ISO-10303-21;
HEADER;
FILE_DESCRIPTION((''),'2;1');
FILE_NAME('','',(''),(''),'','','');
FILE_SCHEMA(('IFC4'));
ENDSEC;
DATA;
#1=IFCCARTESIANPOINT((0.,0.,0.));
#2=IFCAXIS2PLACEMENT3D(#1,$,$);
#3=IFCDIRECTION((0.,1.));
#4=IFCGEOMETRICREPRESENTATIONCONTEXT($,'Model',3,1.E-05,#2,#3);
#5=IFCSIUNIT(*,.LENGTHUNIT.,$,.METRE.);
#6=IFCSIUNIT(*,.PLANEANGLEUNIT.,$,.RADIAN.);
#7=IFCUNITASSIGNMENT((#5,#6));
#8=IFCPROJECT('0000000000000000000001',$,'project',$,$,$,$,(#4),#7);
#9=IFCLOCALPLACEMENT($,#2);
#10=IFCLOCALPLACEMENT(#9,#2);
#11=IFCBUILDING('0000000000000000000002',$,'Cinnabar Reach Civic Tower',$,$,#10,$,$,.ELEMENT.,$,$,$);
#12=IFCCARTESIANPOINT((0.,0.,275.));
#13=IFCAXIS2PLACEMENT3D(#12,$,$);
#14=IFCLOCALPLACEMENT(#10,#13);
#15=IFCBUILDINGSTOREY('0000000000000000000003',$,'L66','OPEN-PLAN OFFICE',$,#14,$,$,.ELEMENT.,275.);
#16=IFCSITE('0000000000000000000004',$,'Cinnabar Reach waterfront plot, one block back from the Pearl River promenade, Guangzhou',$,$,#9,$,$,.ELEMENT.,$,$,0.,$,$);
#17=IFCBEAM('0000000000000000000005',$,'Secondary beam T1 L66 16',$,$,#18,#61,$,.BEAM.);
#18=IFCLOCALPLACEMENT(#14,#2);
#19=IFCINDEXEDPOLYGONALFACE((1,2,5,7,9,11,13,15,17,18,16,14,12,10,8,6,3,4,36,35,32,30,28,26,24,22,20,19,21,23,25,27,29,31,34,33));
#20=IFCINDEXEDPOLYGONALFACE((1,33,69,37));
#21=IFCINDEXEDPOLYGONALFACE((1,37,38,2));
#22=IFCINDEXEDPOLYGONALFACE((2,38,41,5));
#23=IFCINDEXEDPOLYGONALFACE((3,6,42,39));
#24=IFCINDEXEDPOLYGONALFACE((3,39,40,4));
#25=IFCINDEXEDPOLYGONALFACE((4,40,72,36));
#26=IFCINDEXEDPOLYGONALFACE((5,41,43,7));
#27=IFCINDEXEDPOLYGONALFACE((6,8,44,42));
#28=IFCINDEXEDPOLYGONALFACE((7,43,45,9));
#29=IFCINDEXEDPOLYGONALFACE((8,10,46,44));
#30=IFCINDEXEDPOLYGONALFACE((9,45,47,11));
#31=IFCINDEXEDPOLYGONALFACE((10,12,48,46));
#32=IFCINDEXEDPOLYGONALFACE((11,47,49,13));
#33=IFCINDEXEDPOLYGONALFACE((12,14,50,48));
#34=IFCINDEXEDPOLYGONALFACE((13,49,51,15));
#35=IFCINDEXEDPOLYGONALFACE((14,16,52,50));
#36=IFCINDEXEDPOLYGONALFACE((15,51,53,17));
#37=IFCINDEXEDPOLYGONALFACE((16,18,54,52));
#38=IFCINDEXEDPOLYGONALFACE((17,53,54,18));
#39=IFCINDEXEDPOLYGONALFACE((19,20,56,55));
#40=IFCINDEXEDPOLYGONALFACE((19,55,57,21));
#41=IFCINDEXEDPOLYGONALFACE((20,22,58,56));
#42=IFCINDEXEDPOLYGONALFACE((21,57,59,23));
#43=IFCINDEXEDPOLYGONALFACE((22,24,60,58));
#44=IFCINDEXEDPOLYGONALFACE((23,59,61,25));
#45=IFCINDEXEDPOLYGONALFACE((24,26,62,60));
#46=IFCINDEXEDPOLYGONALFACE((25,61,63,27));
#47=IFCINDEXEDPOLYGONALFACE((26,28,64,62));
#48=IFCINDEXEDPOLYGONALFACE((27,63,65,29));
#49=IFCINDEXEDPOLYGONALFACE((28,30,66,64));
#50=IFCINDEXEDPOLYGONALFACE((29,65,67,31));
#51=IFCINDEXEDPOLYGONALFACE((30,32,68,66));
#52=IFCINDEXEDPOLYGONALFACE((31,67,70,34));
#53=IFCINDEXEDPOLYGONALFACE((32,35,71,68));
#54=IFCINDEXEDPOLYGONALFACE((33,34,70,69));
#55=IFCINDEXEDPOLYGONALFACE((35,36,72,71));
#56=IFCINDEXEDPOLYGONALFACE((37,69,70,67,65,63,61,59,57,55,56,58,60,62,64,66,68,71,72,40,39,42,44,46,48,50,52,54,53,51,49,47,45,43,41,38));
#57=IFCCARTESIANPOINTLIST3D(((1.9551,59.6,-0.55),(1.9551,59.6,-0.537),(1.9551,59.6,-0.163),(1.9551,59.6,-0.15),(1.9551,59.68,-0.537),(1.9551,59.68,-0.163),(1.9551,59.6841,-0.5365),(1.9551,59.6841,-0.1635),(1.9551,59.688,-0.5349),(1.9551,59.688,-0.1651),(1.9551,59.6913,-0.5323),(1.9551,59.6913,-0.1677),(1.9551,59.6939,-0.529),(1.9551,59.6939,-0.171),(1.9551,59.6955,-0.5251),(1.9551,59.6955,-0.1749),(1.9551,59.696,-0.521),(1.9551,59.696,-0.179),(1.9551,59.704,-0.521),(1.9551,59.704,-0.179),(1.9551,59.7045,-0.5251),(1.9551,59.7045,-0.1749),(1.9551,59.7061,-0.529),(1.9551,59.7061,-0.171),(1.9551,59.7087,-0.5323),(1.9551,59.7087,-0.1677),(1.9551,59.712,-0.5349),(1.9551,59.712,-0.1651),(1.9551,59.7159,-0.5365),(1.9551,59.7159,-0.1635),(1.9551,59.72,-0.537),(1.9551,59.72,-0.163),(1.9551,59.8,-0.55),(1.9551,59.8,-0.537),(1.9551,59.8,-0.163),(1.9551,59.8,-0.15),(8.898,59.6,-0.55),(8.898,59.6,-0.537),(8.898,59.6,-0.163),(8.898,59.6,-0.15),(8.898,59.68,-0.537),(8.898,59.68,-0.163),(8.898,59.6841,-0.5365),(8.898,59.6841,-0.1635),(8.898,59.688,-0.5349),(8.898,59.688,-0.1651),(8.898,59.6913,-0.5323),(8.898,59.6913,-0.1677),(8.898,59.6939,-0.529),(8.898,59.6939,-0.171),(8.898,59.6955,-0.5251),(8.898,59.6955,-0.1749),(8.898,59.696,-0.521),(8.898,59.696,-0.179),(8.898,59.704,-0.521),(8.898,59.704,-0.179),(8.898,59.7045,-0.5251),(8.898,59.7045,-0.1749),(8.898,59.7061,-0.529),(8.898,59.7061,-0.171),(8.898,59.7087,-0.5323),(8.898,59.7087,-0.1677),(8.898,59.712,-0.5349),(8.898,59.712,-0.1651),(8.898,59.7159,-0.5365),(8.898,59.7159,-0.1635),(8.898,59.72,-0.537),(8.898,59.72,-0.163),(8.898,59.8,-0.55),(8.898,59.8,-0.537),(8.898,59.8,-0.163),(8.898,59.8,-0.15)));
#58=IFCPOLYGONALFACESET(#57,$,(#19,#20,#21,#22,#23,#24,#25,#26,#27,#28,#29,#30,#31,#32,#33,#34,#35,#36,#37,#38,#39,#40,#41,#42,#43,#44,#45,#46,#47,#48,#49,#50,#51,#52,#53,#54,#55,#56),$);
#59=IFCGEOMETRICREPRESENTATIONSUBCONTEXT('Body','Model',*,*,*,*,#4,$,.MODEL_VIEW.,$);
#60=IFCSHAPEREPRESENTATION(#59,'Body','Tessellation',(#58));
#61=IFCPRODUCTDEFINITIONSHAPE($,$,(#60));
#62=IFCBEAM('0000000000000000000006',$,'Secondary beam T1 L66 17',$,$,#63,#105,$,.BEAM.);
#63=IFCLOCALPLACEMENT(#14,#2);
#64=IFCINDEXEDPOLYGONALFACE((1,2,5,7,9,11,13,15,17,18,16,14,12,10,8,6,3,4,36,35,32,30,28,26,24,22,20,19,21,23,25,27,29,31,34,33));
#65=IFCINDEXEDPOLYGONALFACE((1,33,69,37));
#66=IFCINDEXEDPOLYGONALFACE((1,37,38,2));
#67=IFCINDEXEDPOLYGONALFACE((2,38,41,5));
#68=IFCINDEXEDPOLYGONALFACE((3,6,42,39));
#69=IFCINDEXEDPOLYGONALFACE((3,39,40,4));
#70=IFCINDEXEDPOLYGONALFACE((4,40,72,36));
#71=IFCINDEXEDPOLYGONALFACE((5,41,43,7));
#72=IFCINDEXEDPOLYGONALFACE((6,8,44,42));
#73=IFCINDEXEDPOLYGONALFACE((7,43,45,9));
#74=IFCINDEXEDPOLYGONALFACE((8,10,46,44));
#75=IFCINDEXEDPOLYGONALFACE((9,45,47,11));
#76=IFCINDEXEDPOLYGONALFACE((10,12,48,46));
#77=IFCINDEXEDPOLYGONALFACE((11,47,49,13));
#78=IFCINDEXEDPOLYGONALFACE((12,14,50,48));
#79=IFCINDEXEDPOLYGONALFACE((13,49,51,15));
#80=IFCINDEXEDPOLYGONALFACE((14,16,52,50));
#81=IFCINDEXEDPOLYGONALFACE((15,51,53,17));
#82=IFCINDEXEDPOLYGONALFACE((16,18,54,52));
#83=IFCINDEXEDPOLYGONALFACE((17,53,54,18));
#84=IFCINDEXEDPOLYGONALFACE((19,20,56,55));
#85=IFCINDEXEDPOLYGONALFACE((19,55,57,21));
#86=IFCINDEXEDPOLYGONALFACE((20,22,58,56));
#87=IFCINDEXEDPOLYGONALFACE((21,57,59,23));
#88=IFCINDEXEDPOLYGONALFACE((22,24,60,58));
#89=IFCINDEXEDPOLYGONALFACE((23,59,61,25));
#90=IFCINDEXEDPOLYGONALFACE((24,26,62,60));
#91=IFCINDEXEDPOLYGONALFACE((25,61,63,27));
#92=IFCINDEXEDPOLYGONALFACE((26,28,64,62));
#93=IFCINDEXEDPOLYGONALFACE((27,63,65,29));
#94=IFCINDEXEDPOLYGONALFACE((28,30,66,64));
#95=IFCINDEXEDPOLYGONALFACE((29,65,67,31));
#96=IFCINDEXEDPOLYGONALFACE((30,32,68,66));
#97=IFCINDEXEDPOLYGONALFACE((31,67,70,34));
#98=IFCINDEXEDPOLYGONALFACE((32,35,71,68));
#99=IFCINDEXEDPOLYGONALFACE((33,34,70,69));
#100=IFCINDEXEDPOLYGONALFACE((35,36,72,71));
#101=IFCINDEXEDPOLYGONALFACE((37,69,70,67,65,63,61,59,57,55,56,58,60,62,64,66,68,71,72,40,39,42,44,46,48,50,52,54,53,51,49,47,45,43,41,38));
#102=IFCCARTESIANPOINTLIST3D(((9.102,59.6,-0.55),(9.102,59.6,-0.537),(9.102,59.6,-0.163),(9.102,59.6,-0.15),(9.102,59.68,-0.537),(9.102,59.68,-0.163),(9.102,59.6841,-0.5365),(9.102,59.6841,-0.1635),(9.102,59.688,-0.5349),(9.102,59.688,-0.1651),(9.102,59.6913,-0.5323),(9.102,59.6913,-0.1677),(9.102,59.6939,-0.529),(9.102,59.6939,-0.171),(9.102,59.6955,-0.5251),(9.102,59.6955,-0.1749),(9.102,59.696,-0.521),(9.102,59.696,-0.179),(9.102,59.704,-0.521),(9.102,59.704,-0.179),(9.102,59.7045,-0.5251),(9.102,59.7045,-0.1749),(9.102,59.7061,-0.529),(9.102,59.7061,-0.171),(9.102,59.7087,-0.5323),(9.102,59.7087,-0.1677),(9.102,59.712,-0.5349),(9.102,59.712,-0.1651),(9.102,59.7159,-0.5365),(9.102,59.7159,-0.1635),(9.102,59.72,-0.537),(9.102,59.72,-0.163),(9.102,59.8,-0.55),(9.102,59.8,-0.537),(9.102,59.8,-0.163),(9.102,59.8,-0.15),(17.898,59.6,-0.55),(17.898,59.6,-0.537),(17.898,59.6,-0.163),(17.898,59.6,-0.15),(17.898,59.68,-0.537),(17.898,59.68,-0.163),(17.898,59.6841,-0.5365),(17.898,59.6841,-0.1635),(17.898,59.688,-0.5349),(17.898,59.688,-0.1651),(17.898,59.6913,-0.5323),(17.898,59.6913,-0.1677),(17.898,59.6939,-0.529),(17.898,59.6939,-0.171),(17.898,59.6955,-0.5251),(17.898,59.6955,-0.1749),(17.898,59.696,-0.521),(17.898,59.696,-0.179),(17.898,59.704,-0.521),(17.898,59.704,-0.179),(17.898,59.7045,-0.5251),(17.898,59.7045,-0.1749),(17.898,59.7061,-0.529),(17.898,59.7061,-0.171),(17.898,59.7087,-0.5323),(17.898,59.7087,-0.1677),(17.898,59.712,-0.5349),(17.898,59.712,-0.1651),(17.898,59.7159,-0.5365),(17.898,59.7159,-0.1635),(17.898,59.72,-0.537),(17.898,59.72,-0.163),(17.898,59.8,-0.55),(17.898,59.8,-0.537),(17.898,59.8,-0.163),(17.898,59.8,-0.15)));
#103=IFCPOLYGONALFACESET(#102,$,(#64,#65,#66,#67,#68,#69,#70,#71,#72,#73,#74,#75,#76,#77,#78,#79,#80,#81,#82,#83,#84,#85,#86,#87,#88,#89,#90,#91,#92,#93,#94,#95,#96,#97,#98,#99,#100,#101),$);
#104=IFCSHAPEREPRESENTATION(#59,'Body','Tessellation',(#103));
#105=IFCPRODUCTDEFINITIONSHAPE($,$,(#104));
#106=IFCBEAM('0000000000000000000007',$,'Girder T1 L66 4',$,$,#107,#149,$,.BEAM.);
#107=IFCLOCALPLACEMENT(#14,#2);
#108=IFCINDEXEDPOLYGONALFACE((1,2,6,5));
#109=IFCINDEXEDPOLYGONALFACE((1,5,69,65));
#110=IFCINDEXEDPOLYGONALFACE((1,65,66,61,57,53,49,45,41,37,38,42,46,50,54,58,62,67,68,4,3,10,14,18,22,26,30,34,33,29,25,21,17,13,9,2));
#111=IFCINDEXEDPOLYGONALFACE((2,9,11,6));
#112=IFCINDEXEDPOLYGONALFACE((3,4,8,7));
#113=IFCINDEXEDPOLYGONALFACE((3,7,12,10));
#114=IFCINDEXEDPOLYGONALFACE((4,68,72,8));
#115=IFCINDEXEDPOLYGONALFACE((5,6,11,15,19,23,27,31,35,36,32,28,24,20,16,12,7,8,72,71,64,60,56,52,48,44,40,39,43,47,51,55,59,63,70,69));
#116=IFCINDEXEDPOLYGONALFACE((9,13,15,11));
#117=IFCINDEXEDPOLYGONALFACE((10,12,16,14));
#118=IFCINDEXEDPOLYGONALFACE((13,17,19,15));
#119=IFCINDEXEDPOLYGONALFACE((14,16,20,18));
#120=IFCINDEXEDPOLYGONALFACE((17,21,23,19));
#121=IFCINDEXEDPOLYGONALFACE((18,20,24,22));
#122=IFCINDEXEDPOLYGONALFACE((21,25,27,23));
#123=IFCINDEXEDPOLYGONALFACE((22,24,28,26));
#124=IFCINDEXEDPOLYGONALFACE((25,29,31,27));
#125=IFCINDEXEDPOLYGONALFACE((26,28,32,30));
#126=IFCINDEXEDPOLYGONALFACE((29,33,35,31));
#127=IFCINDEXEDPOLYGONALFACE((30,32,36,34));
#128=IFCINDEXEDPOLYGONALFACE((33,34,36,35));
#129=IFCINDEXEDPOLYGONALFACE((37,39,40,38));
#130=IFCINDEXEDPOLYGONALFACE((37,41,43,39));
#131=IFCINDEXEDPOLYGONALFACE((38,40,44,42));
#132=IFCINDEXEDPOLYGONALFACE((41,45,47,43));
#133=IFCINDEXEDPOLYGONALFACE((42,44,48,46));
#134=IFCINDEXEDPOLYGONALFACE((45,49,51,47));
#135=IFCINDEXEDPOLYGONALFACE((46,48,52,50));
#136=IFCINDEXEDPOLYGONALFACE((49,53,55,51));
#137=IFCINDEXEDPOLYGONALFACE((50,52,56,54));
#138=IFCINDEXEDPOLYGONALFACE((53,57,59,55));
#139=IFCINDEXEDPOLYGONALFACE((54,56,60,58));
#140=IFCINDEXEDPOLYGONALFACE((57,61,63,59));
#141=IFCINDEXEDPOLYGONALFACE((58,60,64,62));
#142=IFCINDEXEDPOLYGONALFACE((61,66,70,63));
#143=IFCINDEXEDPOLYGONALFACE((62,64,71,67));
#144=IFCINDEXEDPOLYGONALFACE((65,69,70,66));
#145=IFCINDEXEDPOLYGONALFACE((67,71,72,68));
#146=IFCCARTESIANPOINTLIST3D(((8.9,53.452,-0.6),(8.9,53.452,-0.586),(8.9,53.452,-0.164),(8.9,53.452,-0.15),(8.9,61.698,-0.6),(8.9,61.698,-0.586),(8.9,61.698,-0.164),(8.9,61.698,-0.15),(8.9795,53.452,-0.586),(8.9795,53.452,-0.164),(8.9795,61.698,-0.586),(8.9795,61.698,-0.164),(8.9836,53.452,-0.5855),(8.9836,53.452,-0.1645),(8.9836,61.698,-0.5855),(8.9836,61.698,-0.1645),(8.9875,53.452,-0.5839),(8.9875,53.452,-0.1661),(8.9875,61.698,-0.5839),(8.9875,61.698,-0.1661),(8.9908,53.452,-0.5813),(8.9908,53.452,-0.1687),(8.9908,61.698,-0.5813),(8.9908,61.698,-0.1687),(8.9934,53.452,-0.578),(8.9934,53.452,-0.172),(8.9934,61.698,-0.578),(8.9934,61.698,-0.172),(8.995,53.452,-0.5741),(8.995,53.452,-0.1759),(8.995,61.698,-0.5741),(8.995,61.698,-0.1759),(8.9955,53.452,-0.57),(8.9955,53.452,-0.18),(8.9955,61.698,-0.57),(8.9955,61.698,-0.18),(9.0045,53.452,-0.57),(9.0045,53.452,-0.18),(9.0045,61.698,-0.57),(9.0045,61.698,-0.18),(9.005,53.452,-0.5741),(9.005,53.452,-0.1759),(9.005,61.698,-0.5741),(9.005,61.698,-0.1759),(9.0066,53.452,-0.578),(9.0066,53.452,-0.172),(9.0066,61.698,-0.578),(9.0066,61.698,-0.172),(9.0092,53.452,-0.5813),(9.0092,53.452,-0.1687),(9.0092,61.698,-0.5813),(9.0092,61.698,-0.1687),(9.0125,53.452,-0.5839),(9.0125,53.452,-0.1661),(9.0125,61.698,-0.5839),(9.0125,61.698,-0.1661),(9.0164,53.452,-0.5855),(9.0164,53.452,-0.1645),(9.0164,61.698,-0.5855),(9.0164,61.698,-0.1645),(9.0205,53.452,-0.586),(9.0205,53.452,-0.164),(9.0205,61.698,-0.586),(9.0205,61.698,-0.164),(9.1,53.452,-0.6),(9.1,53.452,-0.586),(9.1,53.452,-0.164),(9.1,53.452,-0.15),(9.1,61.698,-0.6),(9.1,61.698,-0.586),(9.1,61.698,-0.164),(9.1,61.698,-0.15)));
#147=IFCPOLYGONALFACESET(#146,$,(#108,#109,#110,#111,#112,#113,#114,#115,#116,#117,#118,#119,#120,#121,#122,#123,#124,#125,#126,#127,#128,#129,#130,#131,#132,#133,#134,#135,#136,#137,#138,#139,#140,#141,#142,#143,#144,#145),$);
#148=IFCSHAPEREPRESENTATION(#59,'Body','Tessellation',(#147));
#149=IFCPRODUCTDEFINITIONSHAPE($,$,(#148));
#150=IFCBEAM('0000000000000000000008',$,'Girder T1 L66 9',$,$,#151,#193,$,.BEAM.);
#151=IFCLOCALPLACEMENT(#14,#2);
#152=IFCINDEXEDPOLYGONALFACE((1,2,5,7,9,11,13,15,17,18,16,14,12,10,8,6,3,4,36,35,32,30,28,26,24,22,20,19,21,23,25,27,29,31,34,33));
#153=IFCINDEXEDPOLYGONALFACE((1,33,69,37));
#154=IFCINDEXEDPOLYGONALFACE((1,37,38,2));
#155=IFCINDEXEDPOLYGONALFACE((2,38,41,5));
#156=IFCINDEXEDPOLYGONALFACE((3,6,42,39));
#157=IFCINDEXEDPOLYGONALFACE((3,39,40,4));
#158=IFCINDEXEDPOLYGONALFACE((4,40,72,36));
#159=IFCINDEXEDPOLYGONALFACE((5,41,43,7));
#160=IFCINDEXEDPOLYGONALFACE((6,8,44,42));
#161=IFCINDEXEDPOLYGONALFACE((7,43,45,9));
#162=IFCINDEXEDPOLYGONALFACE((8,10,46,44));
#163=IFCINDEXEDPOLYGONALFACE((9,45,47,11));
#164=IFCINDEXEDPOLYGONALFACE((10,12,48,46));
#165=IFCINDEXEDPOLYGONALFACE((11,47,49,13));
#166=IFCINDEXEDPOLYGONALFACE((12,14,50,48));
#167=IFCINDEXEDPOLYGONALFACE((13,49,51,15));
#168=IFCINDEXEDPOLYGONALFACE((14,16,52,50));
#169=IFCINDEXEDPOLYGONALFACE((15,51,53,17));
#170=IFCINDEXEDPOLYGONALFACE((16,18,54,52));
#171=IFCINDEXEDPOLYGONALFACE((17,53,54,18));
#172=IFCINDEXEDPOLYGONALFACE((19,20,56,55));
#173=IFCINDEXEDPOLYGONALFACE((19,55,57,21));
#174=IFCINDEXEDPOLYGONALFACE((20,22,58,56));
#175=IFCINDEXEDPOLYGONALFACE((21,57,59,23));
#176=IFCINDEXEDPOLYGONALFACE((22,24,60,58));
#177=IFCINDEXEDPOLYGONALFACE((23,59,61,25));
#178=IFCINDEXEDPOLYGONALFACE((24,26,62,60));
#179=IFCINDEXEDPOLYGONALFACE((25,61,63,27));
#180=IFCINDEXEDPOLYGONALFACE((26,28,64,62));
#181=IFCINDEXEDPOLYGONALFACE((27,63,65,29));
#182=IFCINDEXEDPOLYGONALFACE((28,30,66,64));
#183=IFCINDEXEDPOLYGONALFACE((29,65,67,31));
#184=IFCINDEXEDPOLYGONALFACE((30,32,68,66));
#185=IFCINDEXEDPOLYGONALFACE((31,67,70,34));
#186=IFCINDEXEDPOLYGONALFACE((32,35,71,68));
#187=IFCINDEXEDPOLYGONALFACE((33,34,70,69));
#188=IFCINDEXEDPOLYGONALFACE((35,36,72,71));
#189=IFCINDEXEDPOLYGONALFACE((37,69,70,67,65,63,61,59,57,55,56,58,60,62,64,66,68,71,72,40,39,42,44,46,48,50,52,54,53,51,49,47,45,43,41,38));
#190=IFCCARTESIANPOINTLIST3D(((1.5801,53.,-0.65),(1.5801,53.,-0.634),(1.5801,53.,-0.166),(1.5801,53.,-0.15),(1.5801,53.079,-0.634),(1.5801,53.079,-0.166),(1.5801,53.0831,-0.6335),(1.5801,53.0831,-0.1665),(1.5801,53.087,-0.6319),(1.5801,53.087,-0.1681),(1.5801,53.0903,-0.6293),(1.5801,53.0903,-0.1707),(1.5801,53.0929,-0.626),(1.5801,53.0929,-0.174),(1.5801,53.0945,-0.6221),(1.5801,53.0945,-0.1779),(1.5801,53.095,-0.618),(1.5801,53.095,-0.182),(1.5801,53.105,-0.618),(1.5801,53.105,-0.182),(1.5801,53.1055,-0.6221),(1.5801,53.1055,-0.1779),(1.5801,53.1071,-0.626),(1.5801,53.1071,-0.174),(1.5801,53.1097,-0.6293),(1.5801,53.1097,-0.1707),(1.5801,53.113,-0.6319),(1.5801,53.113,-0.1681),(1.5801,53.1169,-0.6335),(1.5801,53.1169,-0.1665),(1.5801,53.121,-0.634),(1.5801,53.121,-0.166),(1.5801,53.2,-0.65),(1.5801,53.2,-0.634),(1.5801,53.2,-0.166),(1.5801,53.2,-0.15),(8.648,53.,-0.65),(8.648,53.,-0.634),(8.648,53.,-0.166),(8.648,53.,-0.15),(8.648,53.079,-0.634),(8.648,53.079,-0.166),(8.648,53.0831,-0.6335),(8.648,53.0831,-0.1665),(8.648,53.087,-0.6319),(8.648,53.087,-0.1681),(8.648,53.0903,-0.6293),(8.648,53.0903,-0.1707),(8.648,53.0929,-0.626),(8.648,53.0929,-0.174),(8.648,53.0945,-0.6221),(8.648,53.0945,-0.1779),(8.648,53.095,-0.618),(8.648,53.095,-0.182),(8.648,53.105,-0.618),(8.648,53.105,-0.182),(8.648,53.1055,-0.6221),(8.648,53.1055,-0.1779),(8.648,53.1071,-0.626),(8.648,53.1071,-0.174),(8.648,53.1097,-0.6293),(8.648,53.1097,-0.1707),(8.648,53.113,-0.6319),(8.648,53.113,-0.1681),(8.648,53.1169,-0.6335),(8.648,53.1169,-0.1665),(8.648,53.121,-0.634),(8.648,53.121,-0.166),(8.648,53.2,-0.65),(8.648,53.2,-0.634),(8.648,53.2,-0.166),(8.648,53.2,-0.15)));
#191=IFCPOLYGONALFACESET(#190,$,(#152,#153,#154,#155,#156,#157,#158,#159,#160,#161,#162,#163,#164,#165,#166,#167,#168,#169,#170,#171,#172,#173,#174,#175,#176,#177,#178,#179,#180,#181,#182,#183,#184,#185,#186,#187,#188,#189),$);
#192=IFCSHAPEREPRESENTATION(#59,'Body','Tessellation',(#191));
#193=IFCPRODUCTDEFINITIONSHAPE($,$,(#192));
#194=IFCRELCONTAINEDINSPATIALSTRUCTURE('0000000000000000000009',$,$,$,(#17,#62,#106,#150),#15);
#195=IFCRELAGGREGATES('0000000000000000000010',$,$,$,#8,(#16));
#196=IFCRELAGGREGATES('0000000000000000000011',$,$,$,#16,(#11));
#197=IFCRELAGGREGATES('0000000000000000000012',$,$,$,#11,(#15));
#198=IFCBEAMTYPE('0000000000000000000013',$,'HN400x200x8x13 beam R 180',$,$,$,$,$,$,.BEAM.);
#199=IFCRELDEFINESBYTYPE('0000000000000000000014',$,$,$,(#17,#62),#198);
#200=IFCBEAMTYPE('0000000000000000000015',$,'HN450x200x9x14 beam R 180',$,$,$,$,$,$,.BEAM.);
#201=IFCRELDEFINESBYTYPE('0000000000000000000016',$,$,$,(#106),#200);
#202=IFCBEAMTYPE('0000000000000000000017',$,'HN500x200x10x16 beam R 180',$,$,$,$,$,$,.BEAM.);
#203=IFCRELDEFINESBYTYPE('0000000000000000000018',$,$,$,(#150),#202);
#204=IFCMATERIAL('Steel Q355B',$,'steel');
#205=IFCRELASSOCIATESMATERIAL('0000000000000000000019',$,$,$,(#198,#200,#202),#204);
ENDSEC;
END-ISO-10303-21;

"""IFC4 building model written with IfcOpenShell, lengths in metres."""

from ifc_helpers import new_model, si_unit, direction, frame, origin, origin_2d, place, context, subcontext, project, spatial, i_section, extrude, material, material_profile, profile_set, type_object, element, save


model = new_model("IFC4")

# Units and contexts
model_context = context("Model", 3, precision=1e-05, world=origin(), true_north=direction((0.0, 1.0)))
body_context = subcontext(model_context, "Body", "Model", "MODEL_VIEW")
ifc_project = project(units=[si_unit("LENGTHUNIT", "METRE"), si_unit("PLANEANGLEUNIT", "RADIAN")], contexts=[model_context])

# Site, building, storey
site_placement = place(None, origin())
site = spatial("IfcSite", under=ifc_project, at=site_placement, Name="Cinnabar Reach waterfront plot, one block back from the Pearl River promenade, Guangzhou", CompositionType="ELEMENT", RefElevation=0.0)
building_placement = place(site_placement, origin())
building = spatial("IfcBuilding", under=site, at=building_placement, Name="Cinnabar Reach Civic Tower", CompositionType="ELEMENT")
storey_placement = place(building_placement, frame((0.0, 0.0, 275.0)))
storey = spatial("IfcBuildingStorey", under=building, at=storey_placement, Name="L66", Description="OPEN-PLAN OFFICE", CompositionType="ELEMENT", Elevation=275.0)

# Beams
ifc_material_1 = material(Name="Steel Q355B", Category="steel")
ifc_material_profile_1 = material_profile(ifc_material_1, i_section(OverallWidth=0.2, OverallDepth=0.4, WebThickness=0.008, FlangeThickness=0.013, FilletRadius=0.016, at=origin_2d()), Name="HN400x200x8x13")
ifc_profile_set_1 = profile_set([ifc_material_profile_1], Name="Steel Q355B")
beam_type_1 = type_object("IfcBeamType", Name="HN400x200x8x13 beam R 180", PredefinedType="BEAM", material=ifc_profile_set_1)
beam_1_placement = place(storey_placement, frame((1.9551, 59.7, -0.35), z_axis=(1.0, 0.0, 0.0), x_axis=(0.0, 1.0, 0.0)))
element("IfcBeam", 1, at=beam_1_placement, inside=storey, type_object=beam_type_1, Name="Secondary beam T1 L66 16", PredefinedType="BEAM", context=body_context, shape_type="SweptSolid", body=[
    extrude(i_section(OverallWidth=0.2, OverallDepth=0.4, WebThickness=0.008, FlangeThickness=0.013, FilletRadius=0.016, at=origin_2d()), origin(), (0.0, 0.0, 1.0), 6.9429),
])
beam_2_placement = place(storey_placement, frame((9.102, 59.7, -0.35), z_axis=(1.0, 0.0, 0.0), x_axis=(0.0, 1.0, 0.0)))
element("IfcBeam", 2, at=beam_2_placement, inside=storey, type_object=beam_type_1, Name="Secondary beam T1 L66 17", PredefinedType="BEAM", context=body_context, shape_type="SweptSolid", body=[
    extrude(i_section(OverallWidth=0.2, OverallDepth=0.4, WebThickness=0.008, FlangeThickness=0.013, FilletRadius=0.016, at=origin_2d()), origin(), (0.0, 0.0, 1.0), 8.796),
])
ifc_material_profile_2 = material_profile(ifc_material_1, i_section(OverallWidth=0.2, OverallDepth=0.45, WebThickness=0.009, FlangeThickness=0.014, FilletRadius=0.016, at=origin_2d()), Name="HN450x200x9x14")
ifc_profile_set_2 = profile_set([ifc_material_profile_2], Name="Steel Q355B")
beam_type_2 = type_object("IfcBeamType", Name="HN450x200x9x14 beam R 180", PredefinedType="BEAM", material=ifc_profile_set_2)
beam_3_placement = place(storey_placement, frame((9.0, 53.452, -0.375), z_axis=(0.0, 1.0, 0.0), x_axis=(-1.0, 0.0, 0.0)))
element("IfcBeam", 3, at=beam_3_placement, inside=storey, type_object=beam_type_2, Name="Girder T1 L66 4", PredefinedType="BEAM", context=body_context, shape_type="SweptSolid", body=[
    extrude(i_section(OverallWidth=0.2, OverallDepth=0.45, WebThickness=0.009, FlangeThickness=0.014, FilletRadius=0.016, at=origin_2d()), origin(), (0.0, 0.0, 1.0), 8.246),
])
ifc_material_profile_3 = material_profile(ifc_material_1, i_section(OverallWidth=0.2, OverallDepth=0.5, WebThickness=0.01, FlangeThickness=0.016, FilletRadius=0.016, at=origin_2d()), Name="HN500x200x10x16")
ifc_profile_set_3 = profile_set([ifc_material_profile_3], Name="Steel Q355B")
beam_type_3 = type_object("IfcBeamType", Name="HN500x200x10x16 beam R 180", PredefinedType="BEAM", material=ifc_profile_set_3)
beam_4_placement = place(storey_placement, frame((1.5801, 53.1, -0.4), z_axis=(1.0, 0.0, 0.0), x_axis=(0.0, 1.0, 0.0)))
element("IfcBeam", 4, at=beam_4_placement, inside=storey, type_object=beam_type_3, Name="Girder T1 L66 9", PredefinedType="BEAM", context=body_context, shape_type="SweptSolid", body=[
    extrude(i_section(OverallWidth=0.2, OverallDepth=0.5, WebThickness=0.01, FlangeThickness=0.016, FilletRadius=0.016, at=origin_2d()), origin(), (0.0, 0.0, 1.0), 7.0679),
])

save(model, "model.ifc")
